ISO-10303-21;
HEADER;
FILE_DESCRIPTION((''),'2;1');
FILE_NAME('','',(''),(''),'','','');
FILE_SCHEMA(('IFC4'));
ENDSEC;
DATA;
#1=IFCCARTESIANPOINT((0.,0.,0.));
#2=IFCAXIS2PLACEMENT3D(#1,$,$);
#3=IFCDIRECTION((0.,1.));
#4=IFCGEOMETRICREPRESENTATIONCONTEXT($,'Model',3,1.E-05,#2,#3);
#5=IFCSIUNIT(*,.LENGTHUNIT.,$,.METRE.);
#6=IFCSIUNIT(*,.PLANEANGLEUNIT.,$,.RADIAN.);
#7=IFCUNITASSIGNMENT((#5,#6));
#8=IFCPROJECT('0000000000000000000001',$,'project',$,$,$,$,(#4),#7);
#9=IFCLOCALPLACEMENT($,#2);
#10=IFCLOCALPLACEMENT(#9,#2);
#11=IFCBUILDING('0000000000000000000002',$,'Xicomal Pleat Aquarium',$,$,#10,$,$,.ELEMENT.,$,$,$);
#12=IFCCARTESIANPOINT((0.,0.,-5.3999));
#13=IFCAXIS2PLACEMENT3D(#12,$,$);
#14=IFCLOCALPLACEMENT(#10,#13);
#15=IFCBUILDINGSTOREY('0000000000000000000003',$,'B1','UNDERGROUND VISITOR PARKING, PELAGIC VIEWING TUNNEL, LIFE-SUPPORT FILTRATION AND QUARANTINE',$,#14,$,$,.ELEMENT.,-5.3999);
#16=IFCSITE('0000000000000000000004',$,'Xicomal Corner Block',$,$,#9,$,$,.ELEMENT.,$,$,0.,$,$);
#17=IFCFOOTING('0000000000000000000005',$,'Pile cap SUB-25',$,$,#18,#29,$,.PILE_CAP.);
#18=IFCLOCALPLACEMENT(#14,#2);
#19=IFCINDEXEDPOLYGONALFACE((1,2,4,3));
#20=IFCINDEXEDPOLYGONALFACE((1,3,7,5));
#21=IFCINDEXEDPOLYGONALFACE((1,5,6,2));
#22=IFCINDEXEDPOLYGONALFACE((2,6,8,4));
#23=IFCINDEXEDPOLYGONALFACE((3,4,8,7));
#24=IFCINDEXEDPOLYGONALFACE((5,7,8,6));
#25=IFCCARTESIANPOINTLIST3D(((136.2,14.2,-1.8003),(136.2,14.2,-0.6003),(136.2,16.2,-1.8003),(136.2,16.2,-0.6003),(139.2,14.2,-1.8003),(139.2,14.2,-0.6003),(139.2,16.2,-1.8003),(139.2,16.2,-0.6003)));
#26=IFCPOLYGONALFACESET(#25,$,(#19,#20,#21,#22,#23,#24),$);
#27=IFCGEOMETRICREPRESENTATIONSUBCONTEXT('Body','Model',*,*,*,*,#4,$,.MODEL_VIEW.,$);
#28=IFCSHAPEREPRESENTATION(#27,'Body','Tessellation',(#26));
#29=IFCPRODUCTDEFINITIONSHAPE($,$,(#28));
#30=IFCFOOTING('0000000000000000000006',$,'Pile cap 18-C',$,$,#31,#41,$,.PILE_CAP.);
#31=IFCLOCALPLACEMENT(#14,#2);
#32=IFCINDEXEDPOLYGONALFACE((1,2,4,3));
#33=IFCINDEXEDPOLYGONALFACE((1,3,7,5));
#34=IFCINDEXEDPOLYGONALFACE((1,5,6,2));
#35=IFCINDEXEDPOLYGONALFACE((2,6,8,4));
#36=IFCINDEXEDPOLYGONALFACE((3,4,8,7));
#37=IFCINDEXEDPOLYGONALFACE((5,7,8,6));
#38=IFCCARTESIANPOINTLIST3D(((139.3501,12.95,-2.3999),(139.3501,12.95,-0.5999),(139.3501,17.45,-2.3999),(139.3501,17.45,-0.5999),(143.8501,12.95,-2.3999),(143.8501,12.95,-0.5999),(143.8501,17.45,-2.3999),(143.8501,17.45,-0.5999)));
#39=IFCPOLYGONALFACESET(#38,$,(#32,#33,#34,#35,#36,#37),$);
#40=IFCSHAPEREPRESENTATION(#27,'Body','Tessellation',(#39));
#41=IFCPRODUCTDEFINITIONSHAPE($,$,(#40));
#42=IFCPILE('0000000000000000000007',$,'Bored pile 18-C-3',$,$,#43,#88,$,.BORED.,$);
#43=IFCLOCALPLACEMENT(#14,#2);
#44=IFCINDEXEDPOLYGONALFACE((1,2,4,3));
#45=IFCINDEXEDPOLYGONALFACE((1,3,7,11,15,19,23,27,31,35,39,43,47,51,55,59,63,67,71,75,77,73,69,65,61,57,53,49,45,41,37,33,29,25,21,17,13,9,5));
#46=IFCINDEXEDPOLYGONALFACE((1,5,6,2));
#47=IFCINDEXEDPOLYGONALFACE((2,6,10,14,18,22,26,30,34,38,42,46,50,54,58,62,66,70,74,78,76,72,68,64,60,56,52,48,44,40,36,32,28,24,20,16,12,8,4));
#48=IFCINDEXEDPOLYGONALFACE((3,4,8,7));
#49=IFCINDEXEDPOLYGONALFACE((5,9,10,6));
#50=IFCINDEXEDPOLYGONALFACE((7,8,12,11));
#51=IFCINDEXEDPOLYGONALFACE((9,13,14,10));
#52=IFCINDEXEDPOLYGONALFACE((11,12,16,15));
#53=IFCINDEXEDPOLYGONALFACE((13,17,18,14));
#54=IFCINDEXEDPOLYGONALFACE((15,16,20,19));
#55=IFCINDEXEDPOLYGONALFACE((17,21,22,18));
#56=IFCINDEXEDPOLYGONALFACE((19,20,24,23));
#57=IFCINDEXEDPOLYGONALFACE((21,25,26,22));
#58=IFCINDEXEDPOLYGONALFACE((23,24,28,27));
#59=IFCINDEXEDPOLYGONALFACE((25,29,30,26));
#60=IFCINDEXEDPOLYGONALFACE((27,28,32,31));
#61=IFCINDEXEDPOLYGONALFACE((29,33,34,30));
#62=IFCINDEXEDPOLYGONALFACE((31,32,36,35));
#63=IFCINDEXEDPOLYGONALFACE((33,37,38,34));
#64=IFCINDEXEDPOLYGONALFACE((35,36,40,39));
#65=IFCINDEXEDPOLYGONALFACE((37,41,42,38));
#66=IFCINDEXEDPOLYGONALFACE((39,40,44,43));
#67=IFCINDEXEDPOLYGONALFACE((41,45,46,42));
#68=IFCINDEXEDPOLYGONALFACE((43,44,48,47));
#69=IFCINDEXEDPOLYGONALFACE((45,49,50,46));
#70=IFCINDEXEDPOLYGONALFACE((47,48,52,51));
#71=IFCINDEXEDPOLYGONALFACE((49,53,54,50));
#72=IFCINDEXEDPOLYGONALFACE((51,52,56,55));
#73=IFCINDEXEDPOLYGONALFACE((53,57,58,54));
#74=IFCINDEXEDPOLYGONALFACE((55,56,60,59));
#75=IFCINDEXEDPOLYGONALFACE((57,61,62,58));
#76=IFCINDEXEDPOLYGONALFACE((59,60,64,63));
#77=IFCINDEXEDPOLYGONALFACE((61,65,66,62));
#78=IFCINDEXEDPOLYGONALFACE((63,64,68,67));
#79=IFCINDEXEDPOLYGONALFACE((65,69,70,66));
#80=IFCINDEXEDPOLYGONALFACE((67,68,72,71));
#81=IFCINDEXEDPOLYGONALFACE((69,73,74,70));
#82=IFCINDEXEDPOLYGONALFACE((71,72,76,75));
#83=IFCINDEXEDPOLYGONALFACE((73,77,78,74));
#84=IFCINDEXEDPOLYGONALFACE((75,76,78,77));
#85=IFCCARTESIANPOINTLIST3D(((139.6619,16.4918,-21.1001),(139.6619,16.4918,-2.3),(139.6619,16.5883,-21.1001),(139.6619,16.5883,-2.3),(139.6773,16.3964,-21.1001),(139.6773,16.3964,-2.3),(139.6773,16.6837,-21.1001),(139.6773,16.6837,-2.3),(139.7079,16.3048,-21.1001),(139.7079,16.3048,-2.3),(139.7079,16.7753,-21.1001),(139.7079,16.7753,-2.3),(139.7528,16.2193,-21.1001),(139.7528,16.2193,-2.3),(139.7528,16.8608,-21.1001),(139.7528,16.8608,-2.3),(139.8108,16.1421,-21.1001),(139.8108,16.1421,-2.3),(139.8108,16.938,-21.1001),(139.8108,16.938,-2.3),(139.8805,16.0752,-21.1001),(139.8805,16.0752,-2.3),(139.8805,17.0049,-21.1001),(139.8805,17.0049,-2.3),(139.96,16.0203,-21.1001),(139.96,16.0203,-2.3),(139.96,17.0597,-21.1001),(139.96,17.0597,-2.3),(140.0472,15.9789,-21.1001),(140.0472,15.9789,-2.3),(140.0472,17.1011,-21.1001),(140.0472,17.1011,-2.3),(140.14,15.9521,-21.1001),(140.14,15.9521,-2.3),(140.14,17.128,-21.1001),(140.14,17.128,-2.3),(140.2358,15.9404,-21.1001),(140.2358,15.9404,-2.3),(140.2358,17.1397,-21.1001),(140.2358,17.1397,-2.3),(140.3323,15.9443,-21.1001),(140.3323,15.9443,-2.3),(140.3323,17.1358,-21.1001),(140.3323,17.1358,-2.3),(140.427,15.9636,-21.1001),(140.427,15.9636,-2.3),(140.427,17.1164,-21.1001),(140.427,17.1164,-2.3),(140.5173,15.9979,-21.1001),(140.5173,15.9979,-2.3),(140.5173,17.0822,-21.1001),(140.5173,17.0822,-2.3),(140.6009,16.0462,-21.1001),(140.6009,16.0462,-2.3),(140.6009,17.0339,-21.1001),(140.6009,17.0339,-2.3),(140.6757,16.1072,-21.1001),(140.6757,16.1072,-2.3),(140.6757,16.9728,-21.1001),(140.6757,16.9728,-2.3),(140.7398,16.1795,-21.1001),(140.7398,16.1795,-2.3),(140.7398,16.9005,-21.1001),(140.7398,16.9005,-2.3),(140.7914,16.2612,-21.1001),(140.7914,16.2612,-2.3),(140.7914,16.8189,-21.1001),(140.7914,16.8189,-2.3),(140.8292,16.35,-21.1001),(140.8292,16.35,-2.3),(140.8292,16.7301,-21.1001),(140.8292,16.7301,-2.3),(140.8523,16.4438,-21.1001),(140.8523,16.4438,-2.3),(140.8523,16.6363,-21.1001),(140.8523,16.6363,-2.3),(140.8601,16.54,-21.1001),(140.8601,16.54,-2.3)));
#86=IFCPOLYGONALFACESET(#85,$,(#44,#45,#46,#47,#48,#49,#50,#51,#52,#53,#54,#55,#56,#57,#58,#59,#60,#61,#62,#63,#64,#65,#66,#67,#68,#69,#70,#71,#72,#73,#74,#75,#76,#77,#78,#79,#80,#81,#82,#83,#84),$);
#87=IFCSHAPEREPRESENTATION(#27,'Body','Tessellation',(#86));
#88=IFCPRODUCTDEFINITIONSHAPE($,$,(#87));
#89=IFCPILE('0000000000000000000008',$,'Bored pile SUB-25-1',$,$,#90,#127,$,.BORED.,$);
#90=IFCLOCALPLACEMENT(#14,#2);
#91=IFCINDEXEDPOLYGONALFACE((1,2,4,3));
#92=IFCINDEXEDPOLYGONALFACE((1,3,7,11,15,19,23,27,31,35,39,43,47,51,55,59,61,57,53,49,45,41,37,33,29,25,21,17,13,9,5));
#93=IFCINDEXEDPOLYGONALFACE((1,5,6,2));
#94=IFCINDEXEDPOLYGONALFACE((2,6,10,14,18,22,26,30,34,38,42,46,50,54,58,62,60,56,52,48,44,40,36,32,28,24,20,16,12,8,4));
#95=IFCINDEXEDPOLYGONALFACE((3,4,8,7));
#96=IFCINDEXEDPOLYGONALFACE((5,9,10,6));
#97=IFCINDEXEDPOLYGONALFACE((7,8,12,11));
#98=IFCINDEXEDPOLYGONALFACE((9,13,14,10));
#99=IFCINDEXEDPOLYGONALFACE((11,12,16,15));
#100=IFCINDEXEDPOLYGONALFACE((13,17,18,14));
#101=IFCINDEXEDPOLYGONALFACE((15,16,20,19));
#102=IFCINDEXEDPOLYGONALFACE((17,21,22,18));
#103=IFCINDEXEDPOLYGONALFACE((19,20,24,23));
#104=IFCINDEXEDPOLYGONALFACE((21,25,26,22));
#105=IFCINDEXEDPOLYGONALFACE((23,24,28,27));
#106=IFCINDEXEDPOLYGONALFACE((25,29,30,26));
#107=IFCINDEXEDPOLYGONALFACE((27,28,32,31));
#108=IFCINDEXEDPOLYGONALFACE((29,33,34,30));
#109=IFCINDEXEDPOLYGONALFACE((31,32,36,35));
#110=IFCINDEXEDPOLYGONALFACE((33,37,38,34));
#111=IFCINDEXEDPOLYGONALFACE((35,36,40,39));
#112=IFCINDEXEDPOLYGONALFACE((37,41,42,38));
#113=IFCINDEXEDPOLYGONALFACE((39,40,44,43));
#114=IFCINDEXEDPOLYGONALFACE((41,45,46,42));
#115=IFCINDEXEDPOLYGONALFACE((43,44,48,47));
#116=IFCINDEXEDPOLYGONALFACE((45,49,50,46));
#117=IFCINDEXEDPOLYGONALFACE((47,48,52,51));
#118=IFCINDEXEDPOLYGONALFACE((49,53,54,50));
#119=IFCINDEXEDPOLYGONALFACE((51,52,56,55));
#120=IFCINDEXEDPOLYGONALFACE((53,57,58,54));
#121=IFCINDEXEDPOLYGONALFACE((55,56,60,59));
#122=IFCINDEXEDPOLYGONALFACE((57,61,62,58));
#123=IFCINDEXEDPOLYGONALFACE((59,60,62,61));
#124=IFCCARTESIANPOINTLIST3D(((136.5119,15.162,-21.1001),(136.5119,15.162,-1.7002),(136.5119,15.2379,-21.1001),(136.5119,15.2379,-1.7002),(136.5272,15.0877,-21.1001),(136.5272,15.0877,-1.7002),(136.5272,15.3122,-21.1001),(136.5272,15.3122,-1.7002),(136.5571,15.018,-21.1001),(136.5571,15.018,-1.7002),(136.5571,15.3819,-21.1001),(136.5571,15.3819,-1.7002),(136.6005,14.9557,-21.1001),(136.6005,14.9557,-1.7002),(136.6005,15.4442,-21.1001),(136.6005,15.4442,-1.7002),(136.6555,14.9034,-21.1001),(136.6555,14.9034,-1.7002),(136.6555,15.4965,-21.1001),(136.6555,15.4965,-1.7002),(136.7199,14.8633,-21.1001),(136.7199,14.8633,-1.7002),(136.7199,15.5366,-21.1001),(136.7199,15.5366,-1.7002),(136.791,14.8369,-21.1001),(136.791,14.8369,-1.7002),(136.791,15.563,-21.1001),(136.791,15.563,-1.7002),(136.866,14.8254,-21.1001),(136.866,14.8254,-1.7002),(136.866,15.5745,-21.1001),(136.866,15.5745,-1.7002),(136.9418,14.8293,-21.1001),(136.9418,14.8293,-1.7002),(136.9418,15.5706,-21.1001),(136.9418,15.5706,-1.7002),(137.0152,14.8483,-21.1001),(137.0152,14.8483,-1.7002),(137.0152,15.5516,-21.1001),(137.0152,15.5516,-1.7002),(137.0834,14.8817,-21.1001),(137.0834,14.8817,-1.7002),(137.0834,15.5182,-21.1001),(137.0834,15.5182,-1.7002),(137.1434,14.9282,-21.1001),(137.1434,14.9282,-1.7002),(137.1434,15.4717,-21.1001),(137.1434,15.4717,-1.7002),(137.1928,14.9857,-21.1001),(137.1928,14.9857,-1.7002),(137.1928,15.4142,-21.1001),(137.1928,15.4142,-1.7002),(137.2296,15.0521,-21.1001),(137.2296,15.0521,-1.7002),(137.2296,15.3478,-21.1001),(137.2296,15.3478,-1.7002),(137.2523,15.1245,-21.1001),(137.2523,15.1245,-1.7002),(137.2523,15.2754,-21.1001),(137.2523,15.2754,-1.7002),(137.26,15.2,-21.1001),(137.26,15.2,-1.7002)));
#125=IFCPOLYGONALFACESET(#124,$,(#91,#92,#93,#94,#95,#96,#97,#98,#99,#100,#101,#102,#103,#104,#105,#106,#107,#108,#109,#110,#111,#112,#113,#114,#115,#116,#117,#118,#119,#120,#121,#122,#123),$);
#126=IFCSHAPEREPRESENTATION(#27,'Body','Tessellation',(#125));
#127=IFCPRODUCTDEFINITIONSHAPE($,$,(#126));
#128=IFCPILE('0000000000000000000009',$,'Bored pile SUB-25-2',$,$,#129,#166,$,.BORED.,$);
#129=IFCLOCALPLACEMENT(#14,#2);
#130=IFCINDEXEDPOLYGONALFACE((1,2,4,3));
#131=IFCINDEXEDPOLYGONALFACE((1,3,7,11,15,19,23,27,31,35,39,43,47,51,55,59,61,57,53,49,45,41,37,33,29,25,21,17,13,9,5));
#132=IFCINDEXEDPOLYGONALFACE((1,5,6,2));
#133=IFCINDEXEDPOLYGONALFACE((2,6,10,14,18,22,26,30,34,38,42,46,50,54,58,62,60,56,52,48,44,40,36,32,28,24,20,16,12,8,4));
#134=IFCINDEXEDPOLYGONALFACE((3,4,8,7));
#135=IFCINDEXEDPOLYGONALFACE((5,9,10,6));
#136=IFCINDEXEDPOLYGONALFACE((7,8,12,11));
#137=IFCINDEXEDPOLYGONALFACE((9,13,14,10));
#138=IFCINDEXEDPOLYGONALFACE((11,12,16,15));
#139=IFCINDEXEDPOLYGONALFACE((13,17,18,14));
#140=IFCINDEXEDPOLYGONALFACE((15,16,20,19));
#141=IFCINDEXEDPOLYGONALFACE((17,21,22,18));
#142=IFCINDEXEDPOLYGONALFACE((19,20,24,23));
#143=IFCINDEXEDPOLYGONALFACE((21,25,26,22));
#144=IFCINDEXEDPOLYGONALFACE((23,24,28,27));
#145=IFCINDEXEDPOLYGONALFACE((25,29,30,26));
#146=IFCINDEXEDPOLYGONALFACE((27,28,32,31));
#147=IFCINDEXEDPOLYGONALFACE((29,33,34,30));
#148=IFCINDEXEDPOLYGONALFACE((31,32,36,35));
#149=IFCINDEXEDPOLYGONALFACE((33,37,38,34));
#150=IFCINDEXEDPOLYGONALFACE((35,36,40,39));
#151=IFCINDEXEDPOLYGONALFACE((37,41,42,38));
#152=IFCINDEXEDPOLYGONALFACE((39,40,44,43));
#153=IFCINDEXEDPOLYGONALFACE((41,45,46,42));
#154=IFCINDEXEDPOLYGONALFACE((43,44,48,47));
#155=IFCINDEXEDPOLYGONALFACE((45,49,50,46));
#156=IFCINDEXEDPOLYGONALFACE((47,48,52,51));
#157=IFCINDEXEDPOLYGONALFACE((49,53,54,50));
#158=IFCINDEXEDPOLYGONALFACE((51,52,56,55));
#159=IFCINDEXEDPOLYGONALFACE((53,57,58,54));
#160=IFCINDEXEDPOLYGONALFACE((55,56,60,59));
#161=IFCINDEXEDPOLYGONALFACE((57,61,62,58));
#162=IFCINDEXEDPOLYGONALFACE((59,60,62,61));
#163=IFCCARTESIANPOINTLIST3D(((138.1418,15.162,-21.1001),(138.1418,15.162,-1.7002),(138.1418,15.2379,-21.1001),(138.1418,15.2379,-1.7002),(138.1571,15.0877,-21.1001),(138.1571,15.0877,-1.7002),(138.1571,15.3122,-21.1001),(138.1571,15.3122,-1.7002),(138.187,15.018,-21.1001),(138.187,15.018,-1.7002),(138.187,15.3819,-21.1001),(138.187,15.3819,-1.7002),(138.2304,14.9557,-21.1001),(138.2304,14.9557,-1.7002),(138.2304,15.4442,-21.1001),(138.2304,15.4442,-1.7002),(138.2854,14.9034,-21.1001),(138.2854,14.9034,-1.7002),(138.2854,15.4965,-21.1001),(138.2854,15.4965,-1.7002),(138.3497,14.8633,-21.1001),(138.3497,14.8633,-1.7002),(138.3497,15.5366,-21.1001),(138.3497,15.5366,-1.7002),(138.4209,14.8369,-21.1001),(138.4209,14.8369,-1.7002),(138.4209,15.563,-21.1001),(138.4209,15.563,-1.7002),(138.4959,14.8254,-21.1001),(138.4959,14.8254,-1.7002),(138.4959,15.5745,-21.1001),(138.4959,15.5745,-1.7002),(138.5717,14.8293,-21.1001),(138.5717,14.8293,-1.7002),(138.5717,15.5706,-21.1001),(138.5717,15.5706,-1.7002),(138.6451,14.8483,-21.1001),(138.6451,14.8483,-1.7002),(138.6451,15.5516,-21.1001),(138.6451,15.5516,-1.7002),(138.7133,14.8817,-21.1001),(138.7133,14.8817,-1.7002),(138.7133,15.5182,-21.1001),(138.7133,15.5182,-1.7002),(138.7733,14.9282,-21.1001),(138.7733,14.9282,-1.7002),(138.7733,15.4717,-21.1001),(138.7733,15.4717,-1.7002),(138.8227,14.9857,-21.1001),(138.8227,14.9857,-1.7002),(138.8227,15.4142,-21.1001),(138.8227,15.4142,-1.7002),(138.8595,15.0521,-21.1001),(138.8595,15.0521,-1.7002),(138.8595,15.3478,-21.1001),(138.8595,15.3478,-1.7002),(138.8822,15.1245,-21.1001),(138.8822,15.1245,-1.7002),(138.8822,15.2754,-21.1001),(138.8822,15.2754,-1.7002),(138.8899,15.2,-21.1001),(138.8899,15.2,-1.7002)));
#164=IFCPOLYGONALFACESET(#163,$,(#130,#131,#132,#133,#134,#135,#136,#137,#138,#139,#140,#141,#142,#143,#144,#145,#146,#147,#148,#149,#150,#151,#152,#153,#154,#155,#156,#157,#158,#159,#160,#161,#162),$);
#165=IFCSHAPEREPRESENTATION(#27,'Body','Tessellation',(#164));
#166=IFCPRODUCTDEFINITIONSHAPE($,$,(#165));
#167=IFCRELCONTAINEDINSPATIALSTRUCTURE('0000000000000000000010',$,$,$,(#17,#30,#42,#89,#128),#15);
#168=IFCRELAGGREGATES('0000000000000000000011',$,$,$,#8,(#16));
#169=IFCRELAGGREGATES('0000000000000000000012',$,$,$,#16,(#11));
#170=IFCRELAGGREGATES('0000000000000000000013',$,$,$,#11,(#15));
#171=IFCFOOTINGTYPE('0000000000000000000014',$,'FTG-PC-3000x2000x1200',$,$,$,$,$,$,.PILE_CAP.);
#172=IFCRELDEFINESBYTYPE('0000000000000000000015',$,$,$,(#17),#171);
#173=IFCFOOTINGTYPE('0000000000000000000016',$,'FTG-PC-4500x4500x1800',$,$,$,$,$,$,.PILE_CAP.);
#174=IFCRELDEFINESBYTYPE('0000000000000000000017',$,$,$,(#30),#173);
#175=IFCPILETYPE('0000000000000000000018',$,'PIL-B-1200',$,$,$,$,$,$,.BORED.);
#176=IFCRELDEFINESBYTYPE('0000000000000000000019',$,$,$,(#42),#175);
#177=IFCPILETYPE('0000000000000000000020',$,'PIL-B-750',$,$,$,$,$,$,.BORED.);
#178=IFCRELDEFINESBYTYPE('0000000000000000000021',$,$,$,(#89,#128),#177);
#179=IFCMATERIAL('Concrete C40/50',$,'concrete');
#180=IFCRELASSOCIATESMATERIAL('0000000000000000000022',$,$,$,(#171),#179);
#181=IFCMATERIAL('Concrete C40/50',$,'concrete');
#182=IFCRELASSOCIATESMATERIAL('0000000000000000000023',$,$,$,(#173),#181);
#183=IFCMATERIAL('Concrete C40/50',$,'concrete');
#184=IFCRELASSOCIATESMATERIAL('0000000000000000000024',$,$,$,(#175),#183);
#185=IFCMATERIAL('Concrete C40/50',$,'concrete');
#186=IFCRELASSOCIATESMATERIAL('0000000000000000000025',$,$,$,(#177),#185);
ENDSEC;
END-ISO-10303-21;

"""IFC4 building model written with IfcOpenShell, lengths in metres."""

from ifc_helpers import new_model, si_unit, direction, frame, origin, origin_2d, place, context, subcontext, project, spatial, rectangle, circle, extrude, material, material_profile, profile_set, type_object, element, save


model = new_model("IFC4")

# Units and contexts
model_context = context("Model", 3, precision=1e-05, world=origin(), true_north=direction((0.0, 1.0)))
body_context = subcontext(model_context, "Body", "Model", "MODEL_VIEW")
ifc_project = project(units=[si_unit("LENGTHUNIT", "METRE"), si_unit("PLANEANGLEUNIT", "RADIAN")], contexts=[model_context])

# Site, building, storey
site_placement = place(None, origin())
site = spatial("IfcSite", under=ifc_project, at=site_placement, Name="Xicomal Corner Block", CompositionType="ELEMENT", RefElevation=0.0)
building_placement = place(site_placement, origin())
building = spatial("IfcBuilding", under=site, at=building_placement, Name="Xicomal Pleat Aquarium", CompositionType="ELEMENT")
storey_placement = place(building_placement, frame((0.0, 0.0, -5.3999)))
storey = spatial("IfcBuildingStorey", under=building, at=storey_placement, Name="B1", Description="UNDERGROUND VISITOR PARKING, PELAGIC VIEWING TUNNEL, LIFE-SUPPORT FILTRATION AND QUARANTINE", CompositionType="ELEMENT", Elevation=-5.3999)

# Footings
ifc_material_1 = material(Name="Concrete C40/50", Category="concrete")
footing_type_1 = type_object("IfcFootingType", Name="FTG-PC-3000x2000x1200", PredefinedType="PILE_CAP", material=ifc_material_1)
footing_1_placement = place(storey_placement, frame((137.7, 15.2, -1.8003), z_axis=(0.0, 0.0, 1.0), x_axis=(1.0, 0.0, 0.0)))
element("IfcFooting", 1, at=footing_1_placement, inside=storey, type_object=footing_type_1, Name="Pile cap SUB-25", PredefinedType="PILE_CAP", context=body_context, shape_type="SweptSolid", body=[
    extrude(rectangle(XDim=3.0, YDim=2.0, at=origin_2d()), origin(), (0.0, 0.0, 1.0), 1.2),
])
ifc_material_2 = material(Name="Concrete C40/50", Category="concrete")
footing_type_2 = type_object("IfcFootingType", Name="FTG-PC-4500x4500x1800", PredefinedType="PILE_CAP", material=ifc_material_2)
footing_2_placement = place(storey_placement, frame((141.6001, 15.2, -2.3999), z_axis=(0.0, 0.0, 1.0), x_axis=(1.0, 0.0, 0.0)))
element("IfcFooting", 2, at=footing_2_placement, inside=storey, type_object=footing_type_2, Name="Pile cap 18-C", PredefinedType="PILE_CAP", context=body_context, shape_type="SweptSolid", body=[
    extrude(rectangle(XDim=4.5, YDim=4.5, at=origin_2d()), origin(), (0.0, 0.0, 1.0), 1.8),
])

# Piles
ifc_material_3 = material(Name="Concrete C40/50", Category="concrete")
ifc_material_profile_1 = material_profile(ifc_material_3, circle(Radius=0.6001, at=origin_2d()), Name="BORED PILE D1200")
ifc_profile_set_1 = profile_set([ifc_material_profile_1], Name="Concrete C40/50")
pile_type_1 = type_object("IfcPileType", Name="PIL-B-1200", PredefinedType="BORED", material=ifc_profile_set_1)
pile_placement = place(storey_placement, frame((140.26, 16.54, -2.3), z_axis=(0.0, 0.0, -1.0), x_axis=(1.0, 0.0, 0.0)))
element("IfcPile", 3, at=pile_placement, inside=storey, type_object=pile_type_1, Name="Bored pile 18-C-3", PredefinedType="BORED", context=body_context, shape_type="SweptSolid", body=[
    extrude(circle(Radius=0.6001, at=origin_2d()), origin(), (0.0, 0.0, 1.0), 18.8),
])
ifc_material_4 = material(Name="Concrete C40/50", Category="concrete")
ifc_material_profile_2 = material_profile(ifc_material_4, circle(Radius=0.375, at=origin_2d()), Name="BORED PILE D750")
ifc_profile_set_2 = profile_set([ifc_material_profile_2], Name="Concrete C40/50")
pile_type_2 = type_object("IfcPileType", Name="PIL-B-750", PredefinedType="BORED", material=ifc_profile_set_2)
for number, where, z_axis, x_axis, name in (
    (4, (136.885, 15.2, -1.7002), (0.0, 0.0, -1.0), (1.0, 0.0, 0.0), "Bored pile SUB-25-1"),
    (5, (138.5149, 15.2, -1.7002), (0.0, 0.0, -1.0), (1.0, 0.0, 0.0), "Bored pile SUB-25-2"),
):
    element("IfcPile", number, at=place(storey_placement, frame(where, z_axis=z_axis, x_axis=x_axis)), inside=storey, type_object=pile_type_2, Name=name, PredefinedType="BORED", context=body_context, shape_type="SweptSolid", body=[
        extrude(circle(Radius=0.375, at=origin_2d()), origin(), (0.0, 0.0, 1.0), 19.3999),
    ])

save(model, "model.ifc")
